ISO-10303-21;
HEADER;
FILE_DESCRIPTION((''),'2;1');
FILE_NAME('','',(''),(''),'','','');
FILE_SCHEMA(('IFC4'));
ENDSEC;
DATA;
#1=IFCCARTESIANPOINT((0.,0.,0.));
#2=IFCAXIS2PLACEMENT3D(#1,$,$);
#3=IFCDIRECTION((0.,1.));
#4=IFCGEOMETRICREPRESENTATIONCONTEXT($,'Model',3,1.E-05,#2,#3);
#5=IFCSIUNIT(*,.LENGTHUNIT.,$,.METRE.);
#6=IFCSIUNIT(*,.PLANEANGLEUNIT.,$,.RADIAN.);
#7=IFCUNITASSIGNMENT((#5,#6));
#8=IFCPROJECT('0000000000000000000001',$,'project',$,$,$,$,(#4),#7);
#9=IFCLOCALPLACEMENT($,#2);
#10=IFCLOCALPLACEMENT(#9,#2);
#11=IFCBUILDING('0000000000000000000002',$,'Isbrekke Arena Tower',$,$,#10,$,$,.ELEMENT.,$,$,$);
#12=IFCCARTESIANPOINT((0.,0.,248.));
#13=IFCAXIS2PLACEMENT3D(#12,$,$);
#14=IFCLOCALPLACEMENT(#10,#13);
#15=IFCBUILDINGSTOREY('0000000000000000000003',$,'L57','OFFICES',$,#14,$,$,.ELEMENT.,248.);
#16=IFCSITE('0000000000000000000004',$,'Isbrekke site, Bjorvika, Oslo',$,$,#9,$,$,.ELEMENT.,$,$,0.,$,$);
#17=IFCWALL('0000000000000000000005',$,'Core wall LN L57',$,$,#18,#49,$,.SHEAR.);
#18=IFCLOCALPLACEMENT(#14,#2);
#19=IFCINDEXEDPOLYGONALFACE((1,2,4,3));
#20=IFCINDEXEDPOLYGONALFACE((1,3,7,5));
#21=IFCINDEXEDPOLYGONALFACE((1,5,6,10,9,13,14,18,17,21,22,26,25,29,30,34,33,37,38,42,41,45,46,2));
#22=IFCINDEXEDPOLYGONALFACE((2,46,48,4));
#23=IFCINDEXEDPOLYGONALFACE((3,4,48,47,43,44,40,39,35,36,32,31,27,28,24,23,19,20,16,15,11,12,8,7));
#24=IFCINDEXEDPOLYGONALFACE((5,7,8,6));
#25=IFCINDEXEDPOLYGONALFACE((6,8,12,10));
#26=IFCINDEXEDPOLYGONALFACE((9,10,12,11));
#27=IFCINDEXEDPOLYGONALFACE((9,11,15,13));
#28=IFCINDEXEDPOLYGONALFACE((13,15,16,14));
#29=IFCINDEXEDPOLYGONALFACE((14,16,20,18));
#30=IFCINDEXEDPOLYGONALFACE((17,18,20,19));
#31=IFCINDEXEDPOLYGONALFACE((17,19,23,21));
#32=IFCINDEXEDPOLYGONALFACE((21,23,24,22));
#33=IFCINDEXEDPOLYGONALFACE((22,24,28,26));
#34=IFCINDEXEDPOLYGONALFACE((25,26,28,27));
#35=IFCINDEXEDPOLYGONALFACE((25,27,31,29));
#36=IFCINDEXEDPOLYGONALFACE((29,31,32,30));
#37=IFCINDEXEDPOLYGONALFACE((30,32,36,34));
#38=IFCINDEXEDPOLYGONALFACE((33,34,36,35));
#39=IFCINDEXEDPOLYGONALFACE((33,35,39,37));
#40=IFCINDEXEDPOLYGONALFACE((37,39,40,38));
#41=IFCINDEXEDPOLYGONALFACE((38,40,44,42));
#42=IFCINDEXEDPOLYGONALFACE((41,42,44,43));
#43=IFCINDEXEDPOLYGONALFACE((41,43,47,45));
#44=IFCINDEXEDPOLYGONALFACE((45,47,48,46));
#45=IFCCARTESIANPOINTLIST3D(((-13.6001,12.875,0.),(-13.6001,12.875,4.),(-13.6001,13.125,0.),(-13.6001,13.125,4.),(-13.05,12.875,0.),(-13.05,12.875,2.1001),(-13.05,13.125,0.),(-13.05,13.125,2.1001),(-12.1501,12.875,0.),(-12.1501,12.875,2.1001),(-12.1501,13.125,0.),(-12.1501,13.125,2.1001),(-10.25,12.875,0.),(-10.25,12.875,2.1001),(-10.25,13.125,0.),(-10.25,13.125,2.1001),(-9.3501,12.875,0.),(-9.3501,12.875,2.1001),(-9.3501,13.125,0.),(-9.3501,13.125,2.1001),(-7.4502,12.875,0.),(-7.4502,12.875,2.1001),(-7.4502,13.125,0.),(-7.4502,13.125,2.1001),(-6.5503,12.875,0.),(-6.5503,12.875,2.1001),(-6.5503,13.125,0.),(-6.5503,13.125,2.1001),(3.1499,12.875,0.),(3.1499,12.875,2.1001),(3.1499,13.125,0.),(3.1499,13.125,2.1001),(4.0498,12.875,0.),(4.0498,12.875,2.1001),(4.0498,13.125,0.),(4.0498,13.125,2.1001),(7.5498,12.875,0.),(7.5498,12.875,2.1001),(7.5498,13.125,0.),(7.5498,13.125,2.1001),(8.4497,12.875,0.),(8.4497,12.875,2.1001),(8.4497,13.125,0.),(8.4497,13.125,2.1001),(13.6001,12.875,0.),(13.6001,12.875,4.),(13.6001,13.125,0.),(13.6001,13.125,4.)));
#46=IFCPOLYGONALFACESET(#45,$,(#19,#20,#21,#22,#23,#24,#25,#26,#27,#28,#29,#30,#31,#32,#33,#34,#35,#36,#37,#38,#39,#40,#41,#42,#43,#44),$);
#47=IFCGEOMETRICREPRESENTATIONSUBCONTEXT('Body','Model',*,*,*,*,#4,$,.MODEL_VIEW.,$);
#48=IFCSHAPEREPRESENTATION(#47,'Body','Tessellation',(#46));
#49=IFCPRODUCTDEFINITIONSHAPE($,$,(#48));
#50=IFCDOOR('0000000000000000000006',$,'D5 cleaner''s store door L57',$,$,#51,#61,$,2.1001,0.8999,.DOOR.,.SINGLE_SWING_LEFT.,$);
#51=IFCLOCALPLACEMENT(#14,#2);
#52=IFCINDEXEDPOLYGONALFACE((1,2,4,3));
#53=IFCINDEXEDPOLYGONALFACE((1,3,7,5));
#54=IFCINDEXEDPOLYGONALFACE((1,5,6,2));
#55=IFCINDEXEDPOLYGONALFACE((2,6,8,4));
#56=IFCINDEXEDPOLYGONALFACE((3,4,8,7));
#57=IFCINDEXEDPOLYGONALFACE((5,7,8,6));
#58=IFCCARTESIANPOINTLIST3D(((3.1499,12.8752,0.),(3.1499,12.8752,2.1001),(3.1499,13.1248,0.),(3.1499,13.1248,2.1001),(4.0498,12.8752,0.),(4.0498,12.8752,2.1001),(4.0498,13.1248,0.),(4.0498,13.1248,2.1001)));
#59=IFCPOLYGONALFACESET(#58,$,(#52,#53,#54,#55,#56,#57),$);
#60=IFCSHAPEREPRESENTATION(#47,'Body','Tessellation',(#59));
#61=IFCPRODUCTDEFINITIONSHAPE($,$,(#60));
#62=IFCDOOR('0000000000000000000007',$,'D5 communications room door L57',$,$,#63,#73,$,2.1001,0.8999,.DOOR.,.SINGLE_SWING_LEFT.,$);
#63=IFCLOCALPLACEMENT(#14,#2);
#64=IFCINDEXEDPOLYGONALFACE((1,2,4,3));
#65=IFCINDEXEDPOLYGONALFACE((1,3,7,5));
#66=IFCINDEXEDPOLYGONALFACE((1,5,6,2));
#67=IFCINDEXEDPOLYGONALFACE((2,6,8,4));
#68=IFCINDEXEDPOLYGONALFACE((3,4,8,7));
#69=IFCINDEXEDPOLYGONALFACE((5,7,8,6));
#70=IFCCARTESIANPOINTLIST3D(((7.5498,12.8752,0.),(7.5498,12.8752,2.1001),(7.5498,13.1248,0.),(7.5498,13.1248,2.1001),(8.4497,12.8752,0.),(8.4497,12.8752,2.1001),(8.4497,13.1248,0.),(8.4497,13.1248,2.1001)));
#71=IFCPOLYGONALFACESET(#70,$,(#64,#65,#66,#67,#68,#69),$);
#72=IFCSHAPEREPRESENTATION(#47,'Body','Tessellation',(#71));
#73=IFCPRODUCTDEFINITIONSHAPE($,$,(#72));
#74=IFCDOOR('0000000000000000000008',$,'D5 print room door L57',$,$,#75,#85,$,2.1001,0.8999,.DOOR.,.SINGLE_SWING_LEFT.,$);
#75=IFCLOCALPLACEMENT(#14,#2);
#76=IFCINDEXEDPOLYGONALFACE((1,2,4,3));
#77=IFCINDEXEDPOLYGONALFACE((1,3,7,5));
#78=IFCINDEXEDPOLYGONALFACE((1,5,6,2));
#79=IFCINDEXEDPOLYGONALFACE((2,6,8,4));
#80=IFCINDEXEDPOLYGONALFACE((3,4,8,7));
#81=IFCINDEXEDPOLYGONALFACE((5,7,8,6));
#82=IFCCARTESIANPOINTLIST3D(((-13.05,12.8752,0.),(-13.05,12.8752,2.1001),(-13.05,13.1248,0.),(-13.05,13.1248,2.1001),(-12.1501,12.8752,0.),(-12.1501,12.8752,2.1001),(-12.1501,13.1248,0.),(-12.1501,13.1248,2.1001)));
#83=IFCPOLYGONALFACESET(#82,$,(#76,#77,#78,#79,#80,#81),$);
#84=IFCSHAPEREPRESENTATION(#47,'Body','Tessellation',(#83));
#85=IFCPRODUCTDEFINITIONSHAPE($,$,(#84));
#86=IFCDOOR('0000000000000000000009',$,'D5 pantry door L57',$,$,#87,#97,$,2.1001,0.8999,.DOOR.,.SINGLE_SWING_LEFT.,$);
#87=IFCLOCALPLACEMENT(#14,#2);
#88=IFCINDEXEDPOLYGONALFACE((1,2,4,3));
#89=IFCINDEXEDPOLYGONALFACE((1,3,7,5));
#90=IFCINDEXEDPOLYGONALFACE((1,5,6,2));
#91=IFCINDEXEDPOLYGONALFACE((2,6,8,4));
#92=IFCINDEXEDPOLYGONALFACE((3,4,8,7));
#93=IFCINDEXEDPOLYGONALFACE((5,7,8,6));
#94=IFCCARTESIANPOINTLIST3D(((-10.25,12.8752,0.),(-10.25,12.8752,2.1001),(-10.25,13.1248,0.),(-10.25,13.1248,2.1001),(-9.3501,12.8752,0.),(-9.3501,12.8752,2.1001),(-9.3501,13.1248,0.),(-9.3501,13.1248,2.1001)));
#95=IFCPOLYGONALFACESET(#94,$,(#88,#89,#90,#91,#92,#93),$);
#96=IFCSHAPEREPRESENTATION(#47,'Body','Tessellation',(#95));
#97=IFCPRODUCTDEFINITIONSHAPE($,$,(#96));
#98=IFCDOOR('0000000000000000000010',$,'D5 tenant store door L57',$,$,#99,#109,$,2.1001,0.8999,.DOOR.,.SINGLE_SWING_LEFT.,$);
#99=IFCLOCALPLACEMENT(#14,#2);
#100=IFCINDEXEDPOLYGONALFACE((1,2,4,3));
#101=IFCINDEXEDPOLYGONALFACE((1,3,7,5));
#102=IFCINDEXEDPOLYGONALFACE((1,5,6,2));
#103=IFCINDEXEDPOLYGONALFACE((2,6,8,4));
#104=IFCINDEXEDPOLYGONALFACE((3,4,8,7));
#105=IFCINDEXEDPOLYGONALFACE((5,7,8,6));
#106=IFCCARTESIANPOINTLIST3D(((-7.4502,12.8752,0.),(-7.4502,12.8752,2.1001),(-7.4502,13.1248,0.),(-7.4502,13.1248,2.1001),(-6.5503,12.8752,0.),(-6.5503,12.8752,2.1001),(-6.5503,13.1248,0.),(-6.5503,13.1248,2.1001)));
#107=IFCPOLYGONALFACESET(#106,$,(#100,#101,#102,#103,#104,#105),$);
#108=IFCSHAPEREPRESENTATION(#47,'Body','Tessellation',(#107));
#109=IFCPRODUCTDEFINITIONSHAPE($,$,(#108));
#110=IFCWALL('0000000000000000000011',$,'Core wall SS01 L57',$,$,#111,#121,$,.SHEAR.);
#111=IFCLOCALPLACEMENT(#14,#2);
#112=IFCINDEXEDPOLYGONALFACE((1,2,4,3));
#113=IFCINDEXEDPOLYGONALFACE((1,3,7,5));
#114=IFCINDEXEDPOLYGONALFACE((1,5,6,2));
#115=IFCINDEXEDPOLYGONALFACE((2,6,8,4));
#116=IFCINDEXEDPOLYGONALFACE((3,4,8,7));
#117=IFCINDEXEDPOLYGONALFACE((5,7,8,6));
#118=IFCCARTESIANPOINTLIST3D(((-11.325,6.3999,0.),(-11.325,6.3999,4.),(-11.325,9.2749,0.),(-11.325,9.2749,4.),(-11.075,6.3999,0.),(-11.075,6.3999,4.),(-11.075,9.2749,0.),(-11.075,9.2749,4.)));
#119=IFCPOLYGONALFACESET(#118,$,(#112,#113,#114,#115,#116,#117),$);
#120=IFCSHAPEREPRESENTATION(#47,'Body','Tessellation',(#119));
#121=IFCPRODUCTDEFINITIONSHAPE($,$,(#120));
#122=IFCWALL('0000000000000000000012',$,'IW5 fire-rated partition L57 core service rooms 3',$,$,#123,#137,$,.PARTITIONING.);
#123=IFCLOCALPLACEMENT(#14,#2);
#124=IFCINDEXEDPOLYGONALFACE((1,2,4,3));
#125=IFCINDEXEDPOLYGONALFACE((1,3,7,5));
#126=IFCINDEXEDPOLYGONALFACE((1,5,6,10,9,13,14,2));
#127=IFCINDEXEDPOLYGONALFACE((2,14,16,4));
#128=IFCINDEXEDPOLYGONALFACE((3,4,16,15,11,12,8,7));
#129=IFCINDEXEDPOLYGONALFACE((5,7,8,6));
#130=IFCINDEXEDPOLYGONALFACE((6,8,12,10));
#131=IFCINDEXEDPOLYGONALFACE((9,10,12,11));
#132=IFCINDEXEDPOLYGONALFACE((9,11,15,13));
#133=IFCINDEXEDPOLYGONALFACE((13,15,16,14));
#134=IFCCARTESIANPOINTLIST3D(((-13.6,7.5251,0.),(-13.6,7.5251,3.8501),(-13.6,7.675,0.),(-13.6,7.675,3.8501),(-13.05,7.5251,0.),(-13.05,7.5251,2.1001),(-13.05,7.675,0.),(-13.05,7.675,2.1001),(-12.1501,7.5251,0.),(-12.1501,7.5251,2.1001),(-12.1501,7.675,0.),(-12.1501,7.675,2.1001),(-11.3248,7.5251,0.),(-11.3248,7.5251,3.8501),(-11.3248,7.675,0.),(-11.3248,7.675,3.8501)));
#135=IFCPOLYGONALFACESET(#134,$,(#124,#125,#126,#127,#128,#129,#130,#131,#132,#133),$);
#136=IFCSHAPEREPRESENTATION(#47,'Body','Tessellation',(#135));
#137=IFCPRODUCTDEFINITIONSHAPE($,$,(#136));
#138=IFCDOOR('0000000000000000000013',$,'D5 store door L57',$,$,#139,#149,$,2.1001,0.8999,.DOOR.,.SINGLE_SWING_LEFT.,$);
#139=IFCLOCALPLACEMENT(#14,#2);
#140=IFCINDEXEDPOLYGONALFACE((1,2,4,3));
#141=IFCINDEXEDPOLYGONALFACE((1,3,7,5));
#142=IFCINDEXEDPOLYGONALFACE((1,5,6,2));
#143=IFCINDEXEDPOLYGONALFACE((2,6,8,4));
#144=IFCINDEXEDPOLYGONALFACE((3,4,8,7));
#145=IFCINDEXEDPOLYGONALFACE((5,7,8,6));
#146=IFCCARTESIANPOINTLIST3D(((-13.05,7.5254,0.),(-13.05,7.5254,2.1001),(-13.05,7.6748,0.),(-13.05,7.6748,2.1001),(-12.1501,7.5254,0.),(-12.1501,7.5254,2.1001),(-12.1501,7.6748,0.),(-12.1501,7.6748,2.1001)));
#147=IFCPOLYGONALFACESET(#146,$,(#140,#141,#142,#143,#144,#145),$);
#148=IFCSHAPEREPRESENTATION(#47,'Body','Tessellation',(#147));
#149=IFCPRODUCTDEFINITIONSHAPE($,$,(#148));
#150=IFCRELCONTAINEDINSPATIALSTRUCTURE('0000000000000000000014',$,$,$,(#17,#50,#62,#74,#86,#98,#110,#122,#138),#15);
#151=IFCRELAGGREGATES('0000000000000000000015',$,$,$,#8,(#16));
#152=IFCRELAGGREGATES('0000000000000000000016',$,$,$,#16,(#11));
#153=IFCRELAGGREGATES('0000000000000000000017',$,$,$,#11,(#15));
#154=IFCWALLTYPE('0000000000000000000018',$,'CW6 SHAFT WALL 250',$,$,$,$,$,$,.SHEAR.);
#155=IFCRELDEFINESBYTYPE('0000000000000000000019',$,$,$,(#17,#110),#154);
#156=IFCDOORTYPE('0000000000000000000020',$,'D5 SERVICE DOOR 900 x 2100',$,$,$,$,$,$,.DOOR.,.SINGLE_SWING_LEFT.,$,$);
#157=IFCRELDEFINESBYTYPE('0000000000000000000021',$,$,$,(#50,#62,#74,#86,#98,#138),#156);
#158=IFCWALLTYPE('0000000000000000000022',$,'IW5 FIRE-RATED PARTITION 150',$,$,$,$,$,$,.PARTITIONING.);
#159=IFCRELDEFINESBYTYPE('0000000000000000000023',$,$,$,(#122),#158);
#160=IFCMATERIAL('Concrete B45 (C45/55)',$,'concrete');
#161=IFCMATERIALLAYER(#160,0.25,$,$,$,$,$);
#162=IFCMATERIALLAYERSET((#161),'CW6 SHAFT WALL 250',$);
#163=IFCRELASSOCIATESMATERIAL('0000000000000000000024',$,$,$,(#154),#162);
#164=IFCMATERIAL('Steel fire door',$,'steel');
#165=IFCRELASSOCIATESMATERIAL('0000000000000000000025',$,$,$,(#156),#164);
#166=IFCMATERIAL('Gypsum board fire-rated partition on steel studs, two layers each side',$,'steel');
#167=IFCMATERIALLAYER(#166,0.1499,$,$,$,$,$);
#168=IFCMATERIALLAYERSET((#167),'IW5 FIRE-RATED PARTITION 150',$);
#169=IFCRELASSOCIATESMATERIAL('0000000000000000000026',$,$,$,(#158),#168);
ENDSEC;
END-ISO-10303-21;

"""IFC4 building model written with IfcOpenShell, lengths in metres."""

from ifc_helpers import new_model, si_unit, direction, frame, frame_2d, origin, place, context, subcontext, project, spatial, rectangle, extrude, material, layer, layer_set, type_object, element, fill, save


model = new_model("IFC4")

# Units and contexts
model_context = context("Model", 3, precision=1e-05, world=origin(), true_north=direction((0.0, 1.0)))
body_context = subcontext(model_context, "Body", "Model", "MODEL_VIEW")
ifc_project = project(units=[si_unit("LENGTHUNIT", "METRE"), si_unit("PLANEANGLEUNIT", "RADIAN")], contexts=[model_context])

# Site, building, storey
site_placement = place(None, origin())
site = spatial("IfcSite", under=ifc_project, at=site_placement, Name="Isbrekke site, Bjorvika, Oslo", CompositionType="ELEMENT", RefElevation=0.0)
building_placement = place(site_placement, origin())
building = spatial("IfcBuilding", under=site, at=building_placement, Name="Isbrekke Arena Tower", CompositionType="ELEMENT")
storey_placement = place(building_placement, frame((0.0, 0.0, 248.0)))
storey = spatial("IfcBuildingStorey", under=building, at=storey_placement, Name="L57", Description="OFFICES", CompositionType="ELEMENT", Elevation=248.0)

# Wall, openings, doors
ifc_material_1 = material(Name="Concrete B45 (C45/55)", Category="concrete")
ifc_layer_1 = layer(ifc_material_1, 0.25)
ifc_layer_set_1 = layer_set([ifc_layer_1], Name="CW6 SHAFT WALL 250")
wall_type_1 = type_object("IfcWallType", Name="CW6 SHAFT WALL 250", PredefinedType="SHEAR", material=ifc_layer_set_1)
ifc_material_2 = material(Name="Steel fire door", Category="steel")
door_type_1 = type_object("IfcDoorType", Name="D5 SERVICE DOOR 900 x 2100", OperationType="SINGLE_SWING_LEFT", PredefinedType="DOOR", material=ifc_material_2)
wall_1_placement = place(storey_placement, frame((-13.6001, 13.0, 0.0), z_axis=(0.0, 0.0, 1.0), x_axis=(1.0, 0.0, 0.0)))
wall_1 = element("IfcWall", 1, at=wall_1_placement, inside=storey, type_object=wall_type_1, Name="Core wall LN L57", PredefinedType="SHEAR", context=body_context, shape_type="SweptSolid", body=[
    extrude(rectangle(XDim=27.2002, YDim=0.25, at=frame_2d((13.6001, 0.0))), origin(), (0.0, 0.0, 1.0), 4.0),
])
opening_1_placement = place(wall_1_placement, frame((16.75, 0.0, 0.0)))
opening_1 = element("IfcOpeningElement", 2, at=opening_1_placement, cuts=wall_1, PredefinedType="OPENING", context=body_context, shape_type="SweptSolid", body=[
    extrude(rectangle(XDim=0.8999, YDim=2.1001, at=frame_2d((0.45, 1.05))), frame((0.0, 0.1399, 0.0), z_axis=(0.0, -1.0, 0.0), x_axis=(1.0, 0.0, 0.0)), (0.0, 0.0, 1.0), 0.2798),
])
opening_2_placement = place(wall_1_placement, frame((21.1499, 0.0, 0.0)))
opening_2 = element("IfcOpeningElement", 3, at=opening_2_placement, cuts=wall_1, PredefinedType="OPENING", context=body_context, shape_type="SweptSolid", body=[
    extrude(rectangle(XDim=0.8999, YDim=2.1001, at=frame_2d((0.45, 1.05))), frame((0.0, 0.1399, 0.0), z_axis=(0.0, -1.0, 0.0), x_axis=(1.0, 0.0, 0.0)), (0.0, 0.0, 1.0), 0.2798),
])
opening_3_placement = place(wall_1_placement, frame((0.55, 0.0, 0.0)))
opening_3 = element("IfcOpeningElement", 4, at=opening_3_placement, cuts=wall_1, PredefinedType="OPENING", context=body_context, shape_type="SweptSolid", body=[
    extrude(rectangle(XDim=0.8999, YDim=2.1001, at=frame_2d((0.45, 1.05))), frame((0.0, 0.1399, 0.0), z_axis=(0.0, -1.0, 0.0), x_axis=(1.0, 0.0, 0.0)), (0.0, 0.0, 1.0), 0.2798),
])
opening_4_placement = place(wall_1_placement, frame((3.3501, 0.0, 0.0)))
opening_4 = element("IfcOpeningElement", 5, at=opening_4_placement, cuts=wall_1, PredefinedType="OPENING", context=body_context, shape_type="SweptSolid", body=[
    extrude(rectangle(XDim=0.8999, YDim=2.1001, at=frame_2d((0.45, 1.05))), frame((0.0, 0.1399, 0.0), z_axis=(0.0, -1.0, 0.0), x_axis=(1.0, 0.0, 0.0)), (0.0, 0.0, 1.0), 0.2798),
])
opening_5_placement = place(wall_1_placement, frame((6.1499, 0.0, 0.0)))
opening_5 = element("IfcOpeningElement", 6, at=opening_5_placement, cuts=wall_1, PredefinedType="OPENING", context=body_context, shape_type="SweptSolid", body=[
    extrude(rectangle(XDim=0.8999, YDim=2.1001, at=frame_2d((0.45, 1.05))), frame((0.0, 0.1399, 0.0), z_axis=(0.0, -1.0, 0.0), x_axis=(1.0, 0.0, 0.0)), (0.0, 0.0, 1.0), 0.2798),
])
door_1_placement = place(opening_1_placement, origin())
door_1 = element("IfcDoor", 7, at=door_1_placement, inside=storey, type_object=door_type_1, Name="D5 cleaner's store door L57", OperationType="SINGLE_SWING_LEFT", OverallHeight=2.1001, OverallWidth=0.8999, PredefinedType="DOOR", context=body_context, shape_type="SweptSolid", body=[
    extrude(rectangle(XDim=0.8999, YDim=2.1001, at=frame_2d((0.45, 1.05))), frame((0.0, 0.1248, 0.0), z_axis=(0.0, -1.0, 0.0), x_axis=(1.0, 0.0, 0.0)), (0.0, 0.0, 1.0), 0.2495),
])
fill(opening_1, door_1)
door_2_placement = place(opening_2_placement, origin())
door_2 = element("IfcDoor", 8, at=door_2_placement, inside=storey, type_object=door_type_1, Name="D5 communications room door L57", OperationType="SINGLE_SWING_LEFT", OverallHeight=2.1001, OverallWidth=0.8999, PredefinedType="DOOR", context=body_context, shape_type="SweptSolid", body=[
    extrude(rectangle(XDim=0.8999, YDim=2.1001, at=frame_2d((0.45, 1.05))), frame((0.0, 0.1248, 0.0), z_axis=(0.0, -1.0, 0.0), x_axis=(1.0, 0.0, 0.0)), (0.0, 0.0, 1.0), 0.2495),
])
fill(opening_2, door_2)
door_3_placement = place(opening_3_placement, origin())
door_3 = element("IfcDoor", 9, at=door_3_placement, inside=storey, type_object=door_type_1, Name="D5 print room door L57", OperationType="SINGLE_SWING_LEFT", OverallHeight=2.1001, OverallWidth=0.8999, PredefinedType="DOOR", context=body_context, shape_type="SweptSolid", body=[
    extrude(rectangle(XDim=0.8999, YDim=2.1001, at=frame_2d((0.45, 1.05))), frame((0.0, 0.1248, 0.0), z_axis=(0.0, -1.0, 0.0), x_axis=(1.0, 0.0, 0.0)), (0.0, 0.0, 1.0), 0.2495),
])
fill(opening_3, door_3)
door_4_placement = place(opening_4_placement, origin())
door_4 = element("IfcDoor", 10, at=door_4_placement, inside=storey, type_object=door_type_1, Name="D5 pantry door L57", OperationType="SINGLE_SWING_LEFT", OverallHeight=2.1001, OverallWidth=0.8999, PredefinedType="DOOR", context=body_context, shape_type="SweptSolid", body=[
    extrude(rectangle(XDim=0.8999, YDim=2.1001, at=frame_2d((0.45, 1.05))), frame((0.0, 0.1248, 0.0), z_axis=(0.0, -1.0, 0.0), x_axis=(1.0, 0.0, 0.0)), (0.0, 0.0, 1.0), 0.2495),
])
fill(opening_4, door_4)
door_5_placement = place(opening_5_placement, origin())
door_5 = element("IfcDoor", 11, at=door_5_placement, inside=storey, type_object=door_type_1, Name="D5 tenant store door L57", OperationType="SINGLE_SWING_LEFT", OverallHeight=2.1001, OverallWidth=0.8999, PredefinedType="DOOR", context=body_context, shape_type="SweptSolid", body=[
    extrude(rectangle(XDim=0.8999, YDim=2.1001, at=frame_2d((0.45, 1.05))), frame((0.0, 0.1248, 0.0), z_axis=(0.0, -1.0, 0.0), x_axis=(1.0, 0.0, 0.0)), (0.0, 0.0, 1.0), 0.2495),
])
fill(opening_5, door_5)

# Wall
wall_2_placement = place(storey_placement, frame((-11.2, 6.3999, 0.0), z_axis=(0.0, 0.0, 1.0), x_axis=(0.0, 1.0, 0.0)))
element("IfcWall", 12, at=wall_2_placement, inside=storey, type_object=wall_type_1, Name="Core wall SS01 L57", PredefinedType="SHEAR", context=body_context, shape_type="SweptSolid", body=[
    extrude(rectangle(XDim=2.875, YDim=0.25, at=frame_2d((1.4375, 0.0))), origin(), (0.0, 0.0, 1.0), 4.0),
])

# Wall, opening, door
ifc_material_3 = material(Name="Gypsum board fire-rated partition on steel studs, two layers each side", Category="steel")
ifc_layer_2 = layer(ifc_material_3, 0.1499)
ifc_layer_set_2 = layer_set([ifc_layer_2], Name="IW5 FIRE-RATED PARTITION 150")
wall_type_2 = type_object("IfcWallType", Name="IW5 FIRE-RATED PARTITION 150", PredefinedType="PARTITIONING", material=ifc_layer_set_2)
wall_3_placement = place(storey_placement, frame((-13.6001, 7.6001, 0.0), z_axis=(0.0, 0.0, 1.0), x_axis=(1.0, 0.0, 0.0)))
wall_3 = element("IfcWall", 13, at=wall_3_placement, inside=storey, type_object=wall_type_2, Name="IW5 fire-rated partition L57 core service rooms 3", PredefinedType="PARTITIONING", context=body_context, shape_type="SweptSolid", body=[
    extrude(rectangle(XDim=2.2751, YDim=0.1499, at=frame_2d((1.1377, 0.0))), origin(), (0.0, 0.0, 1.0), 3.8501),
])
opening_6_placement = place(wall_3_placement, frame((0.55, 0.0, 0.0)))
opening_6 = element("IfcOpeningElement", 14, at=opening_6_placement, cuts=wall_3, PredefinedType="OPENING", context=body_context, shape_type="SweptSolid", body=[
    extrude(rectangle(XDim=0.8999, YDim=2.1001, at=frame_2d((0.45, 1.05))), frame((0.0, 0.0898, 0.0), z_axis=(0.0, -1.0, 0.0), x_axis=(1.0, 0.0, 0.0)), (0.0, 0.0, 1.0), 0.1797),
])
door_6_placement = place(opening_6_placement, origin())
door_6 = element("IfcDoor", 15, at=door_6_placement, inside=storey, type_object=door_type_1, Name="D5 store door L57", OperationType="SINGLE_SWING_LEFT", OverallHeight=2.1001, OverallWidth=0.8999, PredefinedType="DOOR", context=body_context, shape_type="SweptSolid", body=[
    extrude(rectangle(XDim=0.8999, YDim=2.1001, at=frame_2d((0.45, 1.05))), frame((0.0, 0.0747, 0.0), z_axis=(0.0, -1.0, 0.0), x_axis=(1.0, 0.0, 0.0)), (0.0, 0.0, 1.0), 0.1494),
])
fill(opening_6, door_6)

save(model, "model.ifc")
